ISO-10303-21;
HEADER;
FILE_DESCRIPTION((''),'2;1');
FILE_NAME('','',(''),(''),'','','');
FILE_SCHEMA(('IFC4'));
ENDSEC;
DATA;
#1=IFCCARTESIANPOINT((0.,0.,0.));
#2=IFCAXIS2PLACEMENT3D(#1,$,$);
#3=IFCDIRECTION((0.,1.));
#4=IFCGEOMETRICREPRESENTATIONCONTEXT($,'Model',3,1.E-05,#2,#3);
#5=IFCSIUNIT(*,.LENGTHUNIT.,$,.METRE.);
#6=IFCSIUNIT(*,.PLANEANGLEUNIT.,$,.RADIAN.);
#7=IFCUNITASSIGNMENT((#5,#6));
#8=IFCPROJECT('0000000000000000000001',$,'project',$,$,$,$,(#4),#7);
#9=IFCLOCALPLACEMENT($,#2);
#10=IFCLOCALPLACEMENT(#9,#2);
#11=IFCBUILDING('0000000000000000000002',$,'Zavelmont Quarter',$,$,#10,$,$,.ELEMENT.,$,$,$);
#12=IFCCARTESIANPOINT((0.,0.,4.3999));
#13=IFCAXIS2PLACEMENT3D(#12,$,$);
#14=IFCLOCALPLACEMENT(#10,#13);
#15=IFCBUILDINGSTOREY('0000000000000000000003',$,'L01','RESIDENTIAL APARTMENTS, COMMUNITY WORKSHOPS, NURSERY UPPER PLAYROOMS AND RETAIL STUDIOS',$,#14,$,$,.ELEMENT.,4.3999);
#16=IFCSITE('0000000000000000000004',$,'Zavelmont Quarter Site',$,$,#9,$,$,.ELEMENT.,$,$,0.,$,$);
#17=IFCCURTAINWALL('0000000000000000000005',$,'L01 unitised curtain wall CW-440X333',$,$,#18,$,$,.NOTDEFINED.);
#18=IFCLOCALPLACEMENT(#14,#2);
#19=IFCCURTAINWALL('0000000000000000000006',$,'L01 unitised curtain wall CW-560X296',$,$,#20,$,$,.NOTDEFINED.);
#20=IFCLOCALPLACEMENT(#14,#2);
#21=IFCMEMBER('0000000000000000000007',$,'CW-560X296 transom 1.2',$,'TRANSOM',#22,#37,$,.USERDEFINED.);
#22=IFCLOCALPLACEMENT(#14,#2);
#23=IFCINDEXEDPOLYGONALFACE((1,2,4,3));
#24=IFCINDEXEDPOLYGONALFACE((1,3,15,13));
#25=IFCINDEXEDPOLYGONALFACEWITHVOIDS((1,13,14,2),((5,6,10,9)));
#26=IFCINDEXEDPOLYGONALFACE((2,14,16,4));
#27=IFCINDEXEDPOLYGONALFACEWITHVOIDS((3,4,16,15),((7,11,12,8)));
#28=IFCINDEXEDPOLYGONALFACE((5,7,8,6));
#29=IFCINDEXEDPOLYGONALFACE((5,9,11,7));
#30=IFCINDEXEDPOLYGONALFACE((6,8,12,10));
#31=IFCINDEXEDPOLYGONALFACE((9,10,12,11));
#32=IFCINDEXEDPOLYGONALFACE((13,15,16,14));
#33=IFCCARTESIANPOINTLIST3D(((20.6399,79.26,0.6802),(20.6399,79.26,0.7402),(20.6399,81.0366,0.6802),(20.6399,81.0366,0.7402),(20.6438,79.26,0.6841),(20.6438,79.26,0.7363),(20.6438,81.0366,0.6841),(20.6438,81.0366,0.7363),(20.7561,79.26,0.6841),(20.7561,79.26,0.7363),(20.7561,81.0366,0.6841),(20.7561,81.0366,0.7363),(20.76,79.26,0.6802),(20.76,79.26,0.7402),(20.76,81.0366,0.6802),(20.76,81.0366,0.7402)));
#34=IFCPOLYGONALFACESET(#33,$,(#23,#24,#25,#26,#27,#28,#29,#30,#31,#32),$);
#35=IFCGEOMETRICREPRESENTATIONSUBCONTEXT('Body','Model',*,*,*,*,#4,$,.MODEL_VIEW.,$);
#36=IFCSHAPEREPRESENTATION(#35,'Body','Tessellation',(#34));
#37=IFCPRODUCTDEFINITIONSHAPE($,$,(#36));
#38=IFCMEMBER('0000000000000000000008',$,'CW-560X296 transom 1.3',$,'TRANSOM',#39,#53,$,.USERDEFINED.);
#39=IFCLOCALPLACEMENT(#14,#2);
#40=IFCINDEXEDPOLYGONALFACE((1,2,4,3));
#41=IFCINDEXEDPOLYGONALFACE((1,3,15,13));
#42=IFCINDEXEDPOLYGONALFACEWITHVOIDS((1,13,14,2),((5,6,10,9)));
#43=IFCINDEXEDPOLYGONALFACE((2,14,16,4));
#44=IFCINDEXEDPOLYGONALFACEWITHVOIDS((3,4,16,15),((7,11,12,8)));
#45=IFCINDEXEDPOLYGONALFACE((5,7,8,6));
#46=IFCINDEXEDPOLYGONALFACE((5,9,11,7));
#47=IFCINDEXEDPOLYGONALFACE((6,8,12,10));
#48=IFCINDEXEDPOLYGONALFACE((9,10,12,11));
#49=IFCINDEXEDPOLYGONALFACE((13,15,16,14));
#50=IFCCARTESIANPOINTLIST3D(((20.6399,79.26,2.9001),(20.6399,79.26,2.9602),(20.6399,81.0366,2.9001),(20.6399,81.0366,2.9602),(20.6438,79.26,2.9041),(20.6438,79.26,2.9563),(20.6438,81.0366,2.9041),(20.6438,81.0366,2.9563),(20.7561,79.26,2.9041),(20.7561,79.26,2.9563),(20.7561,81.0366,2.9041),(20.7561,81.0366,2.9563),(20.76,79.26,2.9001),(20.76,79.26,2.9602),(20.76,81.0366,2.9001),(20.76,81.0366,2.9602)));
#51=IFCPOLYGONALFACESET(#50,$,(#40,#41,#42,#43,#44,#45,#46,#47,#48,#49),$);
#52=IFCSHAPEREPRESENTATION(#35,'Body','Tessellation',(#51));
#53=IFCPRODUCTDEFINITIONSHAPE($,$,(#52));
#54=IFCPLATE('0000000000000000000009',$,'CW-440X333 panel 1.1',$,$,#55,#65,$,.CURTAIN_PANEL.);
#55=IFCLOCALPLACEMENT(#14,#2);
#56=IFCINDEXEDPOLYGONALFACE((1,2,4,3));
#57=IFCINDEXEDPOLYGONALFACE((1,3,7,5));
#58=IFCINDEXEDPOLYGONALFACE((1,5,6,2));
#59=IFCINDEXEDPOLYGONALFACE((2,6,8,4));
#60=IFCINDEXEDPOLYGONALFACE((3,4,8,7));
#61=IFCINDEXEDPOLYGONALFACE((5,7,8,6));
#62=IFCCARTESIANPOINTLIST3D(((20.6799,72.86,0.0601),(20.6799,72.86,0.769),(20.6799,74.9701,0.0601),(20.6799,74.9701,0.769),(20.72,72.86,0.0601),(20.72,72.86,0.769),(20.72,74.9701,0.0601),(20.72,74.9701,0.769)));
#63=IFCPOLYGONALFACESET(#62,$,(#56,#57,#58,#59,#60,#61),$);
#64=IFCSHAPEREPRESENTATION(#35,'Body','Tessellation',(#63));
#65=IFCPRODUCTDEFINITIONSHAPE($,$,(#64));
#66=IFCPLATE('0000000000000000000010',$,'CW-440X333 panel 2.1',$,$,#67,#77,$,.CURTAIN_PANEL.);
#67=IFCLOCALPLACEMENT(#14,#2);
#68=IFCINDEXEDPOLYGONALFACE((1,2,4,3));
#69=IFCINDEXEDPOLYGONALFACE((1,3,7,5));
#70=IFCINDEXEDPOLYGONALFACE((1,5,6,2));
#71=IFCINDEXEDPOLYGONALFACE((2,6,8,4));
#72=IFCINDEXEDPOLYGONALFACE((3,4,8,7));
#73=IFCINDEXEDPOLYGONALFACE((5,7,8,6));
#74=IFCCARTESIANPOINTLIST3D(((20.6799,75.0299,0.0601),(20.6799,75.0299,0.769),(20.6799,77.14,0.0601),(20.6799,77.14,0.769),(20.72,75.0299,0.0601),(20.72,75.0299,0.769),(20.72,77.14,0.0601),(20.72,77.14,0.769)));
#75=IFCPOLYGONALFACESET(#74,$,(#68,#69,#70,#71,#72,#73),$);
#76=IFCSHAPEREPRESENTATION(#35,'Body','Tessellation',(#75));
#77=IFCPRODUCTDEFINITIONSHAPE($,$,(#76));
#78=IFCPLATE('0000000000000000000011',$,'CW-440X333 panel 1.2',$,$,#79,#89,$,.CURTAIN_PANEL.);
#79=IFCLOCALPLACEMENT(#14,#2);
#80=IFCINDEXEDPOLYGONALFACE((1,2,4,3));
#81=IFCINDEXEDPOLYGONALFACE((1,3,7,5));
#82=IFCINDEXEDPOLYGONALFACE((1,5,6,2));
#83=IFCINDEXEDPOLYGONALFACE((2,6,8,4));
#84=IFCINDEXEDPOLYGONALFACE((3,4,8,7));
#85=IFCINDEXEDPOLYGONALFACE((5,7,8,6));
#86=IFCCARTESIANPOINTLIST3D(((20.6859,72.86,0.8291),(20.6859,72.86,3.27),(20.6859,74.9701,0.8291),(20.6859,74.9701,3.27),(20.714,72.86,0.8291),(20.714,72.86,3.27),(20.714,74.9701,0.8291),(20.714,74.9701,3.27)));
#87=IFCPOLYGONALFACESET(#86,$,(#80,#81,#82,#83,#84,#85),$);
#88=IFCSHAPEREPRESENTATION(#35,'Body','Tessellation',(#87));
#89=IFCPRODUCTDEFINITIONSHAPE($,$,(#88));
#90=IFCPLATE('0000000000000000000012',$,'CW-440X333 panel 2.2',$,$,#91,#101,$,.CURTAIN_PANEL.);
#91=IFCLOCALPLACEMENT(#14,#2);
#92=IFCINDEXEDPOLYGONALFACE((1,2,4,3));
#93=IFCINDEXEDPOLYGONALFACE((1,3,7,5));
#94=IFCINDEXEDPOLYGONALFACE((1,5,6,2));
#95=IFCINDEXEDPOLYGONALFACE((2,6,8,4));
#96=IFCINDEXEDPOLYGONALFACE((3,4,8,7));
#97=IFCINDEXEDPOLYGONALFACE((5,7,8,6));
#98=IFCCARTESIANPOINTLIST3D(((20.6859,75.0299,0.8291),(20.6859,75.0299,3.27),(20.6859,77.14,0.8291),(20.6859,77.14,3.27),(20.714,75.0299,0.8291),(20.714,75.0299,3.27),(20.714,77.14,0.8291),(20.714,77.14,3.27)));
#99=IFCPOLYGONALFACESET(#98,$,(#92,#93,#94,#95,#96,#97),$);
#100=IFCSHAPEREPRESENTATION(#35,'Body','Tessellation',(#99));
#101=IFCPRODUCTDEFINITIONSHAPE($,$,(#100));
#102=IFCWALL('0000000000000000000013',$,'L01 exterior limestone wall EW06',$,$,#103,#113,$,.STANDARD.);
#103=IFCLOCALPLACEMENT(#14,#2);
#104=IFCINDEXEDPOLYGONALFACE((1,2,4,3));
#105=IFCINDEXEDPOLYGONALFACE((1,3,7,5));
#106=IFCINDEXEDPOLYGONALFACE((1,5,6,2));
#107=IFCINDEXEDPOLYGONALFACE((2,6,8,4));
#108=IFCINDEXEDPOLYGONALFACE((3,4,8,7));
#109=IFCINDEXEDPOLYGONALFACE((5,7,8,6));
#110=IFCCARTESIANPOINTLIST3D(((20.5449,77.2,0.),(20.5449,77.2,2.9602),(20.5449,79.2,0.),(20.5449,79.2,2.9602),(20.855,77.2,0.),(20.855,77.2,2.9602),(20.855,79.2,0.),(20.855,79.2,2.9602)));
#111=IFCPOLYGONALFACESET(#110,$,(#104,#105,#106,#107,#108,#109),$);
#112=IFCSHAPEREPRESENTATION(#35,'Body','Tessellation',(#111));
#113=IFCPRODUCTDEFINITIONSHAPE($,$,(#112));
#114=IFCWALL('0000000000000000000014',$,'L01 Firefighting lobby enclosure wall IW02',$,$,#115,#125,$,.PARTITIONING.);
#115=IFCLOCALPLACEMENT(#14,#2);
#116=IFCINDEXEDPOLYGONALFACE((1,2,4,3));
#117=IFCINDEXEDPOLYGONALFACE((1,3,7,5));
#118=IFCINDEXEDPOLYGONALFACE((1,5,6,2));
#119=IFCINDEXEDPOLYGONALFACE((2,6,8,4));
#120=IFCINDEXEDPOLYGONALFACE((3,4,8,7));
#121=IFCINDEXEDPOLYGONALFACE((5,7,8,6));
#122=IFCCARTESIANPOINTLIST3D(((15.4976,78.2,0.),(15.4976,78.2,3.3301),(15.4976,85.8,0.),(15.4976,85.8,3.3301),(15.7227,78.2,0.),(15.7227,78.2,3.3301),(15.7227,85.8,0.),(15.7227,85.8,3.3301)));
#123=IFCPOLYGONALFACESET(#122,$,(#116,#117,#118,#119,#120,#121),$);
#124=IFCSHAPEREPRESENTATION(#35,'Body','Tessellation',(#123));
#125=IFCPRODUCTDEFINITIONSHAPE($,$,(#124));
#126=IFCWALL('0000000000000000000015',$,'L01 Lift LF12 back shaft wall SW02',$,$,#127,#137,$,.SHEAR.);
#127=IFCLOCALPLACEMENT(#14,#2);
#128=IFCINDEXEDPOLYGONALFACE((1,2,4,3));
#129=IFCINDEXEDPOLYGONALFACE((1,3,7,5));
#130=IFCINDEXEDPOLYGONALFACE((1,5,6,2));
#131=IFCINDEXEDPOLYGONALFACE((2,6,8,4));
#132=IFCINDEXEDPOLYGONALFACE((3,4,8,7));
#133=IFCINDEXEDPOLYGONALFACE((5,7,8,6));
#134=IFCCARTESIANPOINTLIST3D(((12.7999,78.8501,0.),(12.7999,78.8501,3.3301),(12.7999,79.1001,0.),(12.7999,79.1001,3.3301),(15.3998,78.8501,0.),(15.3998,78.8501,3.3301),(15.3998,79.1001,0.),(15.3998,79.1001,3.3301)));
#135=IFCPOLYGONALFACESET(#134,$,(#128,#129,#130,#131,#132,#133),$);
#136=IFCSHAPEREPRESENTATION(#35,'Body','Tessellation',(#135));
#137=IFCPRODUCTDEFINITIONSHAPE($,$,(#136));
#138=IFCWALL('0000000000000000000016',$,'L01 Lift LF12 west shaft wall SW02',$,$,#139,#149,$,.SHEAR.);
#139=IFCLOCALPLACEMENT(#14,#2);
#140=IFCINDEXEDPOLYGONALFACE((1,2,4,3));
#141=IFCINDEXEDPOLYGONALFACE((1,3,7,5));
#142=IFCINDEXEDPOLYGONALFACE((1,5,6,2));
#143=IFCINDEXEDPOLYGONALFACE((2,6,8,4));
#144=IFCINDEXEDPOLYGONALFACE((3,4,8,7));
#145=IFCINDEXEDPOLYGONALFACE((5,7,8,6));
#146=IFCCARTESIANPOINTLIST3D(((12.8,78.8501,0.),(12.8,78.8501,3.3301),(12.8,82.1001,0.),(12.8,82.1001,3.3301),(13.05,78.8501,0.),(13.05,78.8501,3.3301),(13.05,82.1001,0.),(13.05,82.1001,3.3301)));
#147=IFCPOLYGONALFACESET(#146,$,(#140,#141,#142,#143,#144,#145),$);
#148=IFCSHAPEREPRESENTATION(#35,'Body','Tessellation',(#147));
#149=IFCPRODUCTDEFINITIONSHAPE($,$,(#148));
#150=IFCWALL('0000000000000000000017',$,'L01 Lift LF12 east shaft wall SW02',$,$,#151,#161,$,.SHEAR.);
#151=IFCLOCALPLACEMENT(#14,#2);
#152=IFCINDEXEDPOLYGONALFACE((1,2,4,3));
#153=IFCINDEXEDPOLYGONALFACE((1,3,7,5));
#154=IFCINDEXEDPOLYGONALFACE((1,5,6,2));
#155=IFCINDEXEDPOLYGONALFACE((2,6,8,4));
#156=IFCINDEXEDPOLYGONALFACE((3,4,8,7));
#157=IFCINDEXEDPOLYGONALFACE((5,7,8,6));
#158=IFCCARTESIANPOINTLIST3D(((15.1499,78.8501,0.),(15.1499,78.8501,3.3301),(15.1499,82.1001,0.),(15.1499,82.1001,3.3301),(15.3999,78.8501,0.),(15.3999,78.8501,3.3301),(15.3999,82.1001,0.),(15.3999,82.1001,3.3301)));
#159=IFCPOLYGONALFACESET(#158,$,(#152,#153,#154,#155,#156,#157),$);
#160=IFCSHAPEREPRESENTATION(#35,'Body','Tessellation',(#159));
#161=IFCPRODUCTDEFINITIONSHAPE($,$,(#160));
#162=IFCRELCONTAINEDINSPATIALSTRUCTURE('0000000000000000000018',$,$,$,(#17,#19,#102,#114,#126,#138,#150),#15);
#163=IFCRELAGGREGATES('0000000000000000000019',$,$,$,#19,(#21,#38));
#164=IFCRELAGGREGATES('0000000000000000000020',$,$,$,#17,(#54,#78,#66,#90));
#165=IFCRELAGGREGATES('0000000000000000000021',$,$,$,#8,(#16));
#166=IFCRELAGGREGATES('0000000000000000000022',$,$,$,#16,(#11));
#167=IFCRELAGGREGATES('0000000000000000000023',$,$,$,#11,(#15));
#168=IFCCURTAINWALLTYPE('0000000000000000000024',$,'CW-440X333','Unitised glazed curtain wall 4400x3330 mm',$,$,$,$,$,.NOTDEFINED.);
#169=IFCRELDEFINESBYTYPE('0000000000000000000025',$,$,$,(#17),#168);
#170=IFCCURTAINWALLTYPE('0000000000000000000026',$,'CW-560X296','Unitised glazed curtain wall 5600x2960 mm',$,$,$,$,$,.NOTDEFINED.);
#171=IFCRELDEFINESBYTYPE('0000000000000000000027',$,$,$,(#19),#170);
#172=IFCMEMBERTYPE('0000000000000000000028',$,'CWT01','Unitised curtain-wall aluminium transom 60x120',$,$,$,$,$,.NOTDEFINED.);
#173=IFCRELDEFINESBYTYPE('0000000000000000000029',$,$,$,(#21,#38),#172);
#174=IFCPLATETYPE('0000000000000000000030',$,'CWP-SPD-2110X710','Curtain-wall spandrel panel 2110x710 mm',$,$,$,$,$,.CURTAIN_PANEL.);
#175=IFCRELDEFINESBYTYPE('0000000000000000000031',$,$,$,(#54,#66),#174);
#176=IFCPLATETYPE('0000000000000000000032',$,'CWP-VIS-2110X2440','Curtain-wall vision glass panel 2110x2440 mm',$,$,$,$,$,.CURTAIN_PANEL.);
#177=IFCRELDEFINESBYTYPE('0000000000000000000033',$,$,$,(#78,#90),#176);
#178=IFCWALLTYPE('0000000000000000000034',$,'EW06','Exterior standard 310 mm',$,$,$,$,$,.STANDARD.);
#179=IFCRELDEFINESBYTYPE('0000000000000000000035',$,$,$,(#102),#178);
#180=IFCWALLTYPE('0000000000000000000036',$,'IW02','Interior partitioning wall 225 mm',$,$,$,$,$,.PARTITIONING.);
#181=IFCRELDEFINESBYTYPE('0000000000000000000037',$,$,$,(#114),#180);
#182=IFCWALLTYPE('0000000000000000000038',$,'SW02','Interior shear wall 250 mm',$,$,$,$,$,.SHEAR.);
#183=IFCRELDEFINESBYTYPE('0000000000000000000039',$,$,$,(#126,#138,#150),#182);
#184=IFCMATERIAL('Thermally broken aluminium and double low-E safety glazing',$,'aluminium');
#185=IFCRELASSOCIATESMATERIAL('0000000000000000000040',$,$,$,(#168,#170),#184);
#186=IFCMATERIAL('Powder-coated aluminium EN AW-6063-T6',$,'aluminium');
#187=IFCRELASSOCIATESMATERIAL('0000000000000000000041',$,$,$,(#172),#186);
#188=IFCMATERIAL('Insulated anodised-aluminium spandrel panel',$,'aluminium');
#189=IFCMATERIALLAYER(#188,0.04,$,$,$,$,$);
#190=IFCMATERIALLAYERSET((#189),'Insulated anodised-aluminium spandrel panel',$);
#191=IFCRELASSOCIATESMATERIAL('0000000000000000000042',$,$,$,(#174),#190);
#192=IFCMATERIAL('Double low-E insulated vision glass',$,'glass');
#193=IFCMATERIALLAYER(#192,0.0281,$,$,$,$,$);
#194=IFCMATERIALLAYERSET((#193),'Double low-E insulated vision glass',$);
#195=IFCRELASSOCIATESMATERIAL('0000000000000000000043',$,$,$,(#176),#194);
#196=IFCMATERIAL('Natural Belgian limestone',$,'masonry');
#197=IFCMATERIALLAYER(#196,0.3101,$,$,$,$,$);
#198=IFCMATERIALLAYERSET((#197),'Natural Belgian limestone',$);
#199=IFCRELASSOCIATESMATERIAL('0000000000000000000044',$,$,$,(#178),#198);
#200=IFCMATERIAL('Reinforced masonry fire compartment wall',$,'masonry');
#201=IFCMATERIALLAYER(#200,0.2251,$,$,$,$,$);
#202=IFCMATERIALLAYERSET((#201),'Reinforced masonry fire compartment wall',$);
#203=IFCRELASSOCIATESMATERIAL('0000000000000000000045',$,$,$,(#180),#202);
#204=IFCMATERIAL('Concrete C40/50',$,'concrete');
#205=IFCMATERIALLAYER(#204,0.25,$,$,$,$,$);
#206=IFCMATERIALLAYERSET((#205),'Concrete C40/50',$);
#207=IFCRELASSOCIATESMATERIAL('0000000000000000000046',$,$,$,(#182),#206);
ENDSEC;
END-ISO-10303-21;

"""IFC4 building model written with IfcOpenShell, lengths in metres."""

from ifc_helpers import new_model, si_unit, direction, frame, frame_2d, origin, origin_2d, place, context, subcontext, project, spatial, rectangle, hollow_rectangle, extrude, material, layer, layer_set, material_profile, profile_set, type_object, element, aggregate, save


model = new_model("IFC4")

# Units and contexts
model_context = context("Model", 3, precision=1e-05, world=origin(), true_north=direction((0.0, 1.0)))
body_context = subcontext(model_context, "Body", "Model", "MODEL_VIEW")
ifc_project = project(units=[si_unit("LENGTHUNIT", "METRE"), si_unit("PLANEANGLEUNIT", "RADIAN")], contexts=[model_context])

# Site, building, storey
site_placement = place(None, origin())
site = spatial("IfcSite", under=ifc_project, at=site_placement, Name="Zavelmont Quarter Site", CompositionType="ELEMENT", RefElevation=0.0)
building_placement = place(site_placement, origin())
building = spatial("IfcBuilding", under=site, at=building_placement, Name="Zavelmont Quarter", CompositionType="ELEMENT")
storey_placement = place(building_placement, frame((0.0, 0.0, 4.3999)))
storey = spatial("IfcBuildingStorey", under=building, at=storey_placement, Name="L01", Description="RESIDENTIAL APARTMENTS, COMMUNITY WORKSHOPS, NURSERY UPPER PLAYROOMS AND RETAIL STUDIOS", CompositionType="ELEMENT", Elevation=4.3999)

# Shared definitions
ifc_material_1 = material(Name="Concrete C40/50", Category="concrete")

# Curtain wall
ifc_material_2 = material(Name="Thermally broken aluminium and double low-E safety glazing", Category="aluminium")
curtain_wall_type_1 = type_object("IfcCurtainWallType", Name="CW-440X333", Description="Unitised glazed curtain wall 4400x3330 mm", PredefinedType="NOTDEFINED", material=ifc_material_2)
curtain_wall_1_placement = place(storey_placement, origin())
curtain_wall_1 = element("IfcCurtainWall", 1, at=curtain_wall_1_placement, inside=storey, type_object=curtain_wall_type_1, Name="L01 unitised curtain wall CW-440X333", PredefinedType="NOTDEFINED")
ifc_material_3 = material(Name="Powder-coated aluminium EN AW-6063-T6", Category="aluminium")

# Curtain wall
curtain_wall_type_2 = type_object("IfcCurtainWallType", Name="CW-560X296", Description="Unitised glazed curtain wall 5600x2960 mm", PredefinedType="NOTDEFINED", material=ifc_material_2)
curtain_wall_2_placement = place(storey_placement, origin())
curtain_wall_2 = element("IfcCurtainWall", 2, at=curtain_wall_2_placement, inside=storey, type_object=curtain_wall_type_2, Name="L01 unitised curtain wall CW-560X296", PredefinedType="NOTDEFINED")

# Members
ifc_material_profile_1 = material_profile(ifc_material_3, hollow_rectangle(XDim=0.1201, YDim=0.0601, WallThickness=0.0039, at=origin_2d()), Name="CWT60X120")
ifc_profile_set_1 = profile_set([ifc_material_profile_1], Name="Powder-coated aluminium EN AW-6063-T6")
member_type_1 = type_object("IfcMemberType", Name="CWT01", Description="Unitised curtain-wall aluminium transom 60x120", PredefinedType="NOTDEFINED", material=ifc_profile_set_1)
member_1_placement = place(storey_placement, frame((20.7, 79.26, 0.7102), z_axis=(0.0, 1.0, 0.0), x_axis=(-1.0, 0.0, 0.0)))
member_1 = element("IfcMember", 3, at=member_1_placement, type_object=member_type_1, Name="CW-560X296 transom 1.2", ObjectType="TRANSOM", PredefinedType="USERDEFINED", context=body_context, shape_type="SweptSolid", body=[
    extrude(hollow_rectangle(XDim=0.1201, YDim=0.0601, WallThickness=0.0039, at=origin_2d()), origin(), (0.0, 0.0, 1.0), 1.7766),
])
member_2_placement = place(storey_placement, frame((20.7, 79.26, 2.9302), z_axis=(0.0, 1.0, 0.0), x_axis=(-1.0, 0.0, 0.0)))
member_2 = element("IfcMember", 4, at=member_2_placement, type_object=member_type_1, Name="CW-560X296 transom 1.3", ObjectType="TRANSOM", PredefinedType="USERDEFINED", context=body_context, shape_type="SweptSolid", body=[
    extrude(hollow_rectangle(XDim=0.1201, YDim=0.0601, WallThickness=0.0039, at=origin_2d()), origin(), (0.0, 0.0, 1.0), 1.7766),
])
aggregate(curtain_wall_2, [member_1, member_2])

# Plates
ifc_material_4 = material(Name="Insulated anodised-aluminium spandrel panel", Category="aluminium")
ifc_layer_1 = layer(ifc_material_4, 0.04)
ifc_layer_set_1 = layer_set([ifc_layer_1], Name="Insulated anodised-aluminium spandrel panel")
plate_type_1 = type_object("IfcPlateType", Name="CWP-SPD-2110X710", Description="Curtain-wall spandrel panel 2110x710 mm", PredefinedType="CURTAIN_PANEL", material=ifc_layer_set_1)
plate_1_placement = place(storey_placement, frame((20.7, 73.915, 0.0601), z_axis=(0.0, 0.0, 1.0), x_axis=(0.0, 1.0, 0.0)))
plate_1 = element("IfcPlate", 5, at=plate_1_placement, type_object=plate_type_1, Name="CW-440X333 panel 1.1", PredefinedType="CURTAIN_PANEL", context=body_context, shape_type="SweptSolid", body=[
    extrude(rectangle(XDim=2.1101, YDim=0.04, at=origin_2d()), origin(), (0.0, 0.0, 1.0), 0.709),
])
plate_2_placement = place(storey_placement, frame((20.7, 76.085, 0.0601), z_axis=(0.0, 0.0, 1.0), x_axis=(0.0, 1.0, 0.0)))
plate_2 = element("IfcPlate", 6, at=plate_2_placement, type_object=plate_type_1, Name="CW-440X333 panel 2.1", PredefinedType="CURTAIN_PANEL", context=body_context, shape_type="SweptSolid", body=[
    extrude(rectangle(XDim=2.1101, YDim=0.04, at=origin_2d()), origin(), (0.0, 0.0, 1.0), 0.709),
])
ifc_material_5 = material(Name="Double low-E insulated vision glass", Category="glass")
ifc_layer_2 = layer(ifc_material_5, 0.0281)
ifc_layer_set_2 = layer_set([ifc_layer_2], Name="Double low-E insulated vision glass")
plate_type_2 = type_object("IfcPlateType", Name="CWP-VIS-2110X2440", Description="Curtain-wall vision glass panel 2110x2440 mm", PredefinedType="CURTAIN_PANEL", material=ifc_layer_set_2)
plate_3_placement = place(storey_placement, frame((20.7, 73.915, 0.8291), z_axis=(0.0, 0.0, 1.0), x_axis=(0.0, 1.0, 0.0)))
plate_3 = element("IfcPlate", 7, at=plate_3_placement, type_object=plate_type_2, Name="CW-440X333 panel 1.2", PredefinedType="CURTAIN_PANEL", context=body_context, shape_type="SweptSolid", body=[
    extrude(rectangle(XDim=2.1101, YDim=0.0281, at=origin_2d()), origin(), (0.0, 0.0, 1.0), 2.4409),
])
plate_4_placement = place(storey_placement, frame((20.7, 76.085, 0.8291), z_axis=(0.0, 0.0, 1.0), x_axis=(0.0, 1.0, 0.0)))
plate_4 = element("IfcPlate", 8, at=plate_4_placement, type_object=plate_type_2, Name="CW-440X333 panel 2.2", PredefinedType="CURTAIN_PANEL", context=body_context, shape_type="SweptSolid", body=[
    extrude(rectangle(XDim=2.1101, YDim=0.0281, at=origin_2d()), origin(), (0.0, 0.0, 1.0), 2.4409),
])
aggregate(curtain_wall_1, [plate_1, plate_3, plate_2, plate_4])

# Wall
ifc_material_6 = material(Name="Natural Belgian limestone", Category="masonry")
ifc_layer_3 = layer(ifc_material_6, 0.3101)
ifc_layer_set_3 = layer_set([ifc_layer_3], Name="Natural Belgian limestone")
wall_type_1 = type_object("IfcWallType", Name="EW06", Description="Exterior standard 310 mm", PredefinedType="STANDARD", material=ifc_layer_set_3)
wall_1_placement = place(storey_placement, frame((20.7, 77.2, 0.0), z_axis=(0.0, 0.0, 1.0), x_axis=(0.0, 1.0, 0.0)))
element("IfcWall", 9, at=wall_1_placement, inside=storey, type_object=wall_type_1, Name="L01 exterior limestone wall EW06", PredefinedType="STANDARD", context=body_context, shape_type="SweptSolid", body=[
    extrude(rectangle(XDim=2.0, YDim=0.3101, at=frame_2d((1.0, 0.0))), origin(), (0.0, 0.0, 1.0), 2.9602),
])

# Wall
ifc_material_7 = material(Name="Reinforced masonry fire compartment wall", Category="masonry")
ifc_layer_4 = layer(ifc_material_7, 0.2251)
ifc_layer_set_4 = layer_set([ifc_layer_4], Name="Reinforced masonry fire compartment wall")
wall_type_2 = type_object("IfcWallType", Name="IW02", Description="Interior partitioning wall 225 mm", PredefinedType="PARTITIONING", material=ifc_layer_set_4)
wall_2_placement = place(storey_placement, frame((15.6101, 78.2, 0.0), z_axis=(0.0, 0.0, 1.0), x_axis=(0.0, 1.0, 0.0)))
element("IfcWall", 10, at=wall_2_placement, inside=storey, type_object=wall_type_2, Name="L01 Firefighting lobby enclosure wall IW02", PredefinedType="PARTITIONING", context=body_context, shape_type="SweptSolid", body=[
    extrude(rectangle(XDim=7.6001, YDim=0.2251, at=frame_2d((3.8, 0.0))), origin(), (0.0, 0.0, 1.0), 3.3301),
])

# Walls
ifc_layer_5 = layer(ifc_material_1, 0.25)
ifc_layer_set_5 = layer_set([ifc_layer_5], Name="Concrete C40/50")
wall_type_3 = type_object("IfcWallType", Name="SW02", Description="Interior shear wall 250 mm", PredefinedType="SHEAR", material=ifc_layer_set_5)
wall_3_placement = place(storey_placement, frame((12.8, 78.9751, 0.0), z_axis=(0.0, 0.0, 1.0), x_axis=(1.0, 0.0, 0.0)))
element("IfcWall", 11, at=wall_3_placement, inside=storey, type_object=wall_type_3, Name="L01 Lift LF12 back shaft wall SW02", PredefinedType="SHEAR", context=body_context, shape_type="SweptSolid", body=[
    extrude(rectangle(XDim=2.5999, YDim=0.25, at=frame_2d((1.2998, 0.0))), origin(), (0.0, 0.0, 1.0), 3.3301),
])
for number, where, z_axis, x_axis, name in (
    (12, (12.925, 78.8501, 0.0), (0.0, 0.0, 1.0), (0.0, 1.0, 0.0), "L01 Lift LF12 west shaft wall SW02"),
    (13, (15.2749, 78.8501, 0.0), (0.0, 0.0, 1.0), (0.0, 1.0, 0.0), "L01 Lift LF12 east shaft wall SW02"),
):
    element("IfcWall", number, at=place(storey_placement, frame(where, z_axis=z_axis, x_axis=x_axis)), inside=storey, type_object=wall_type_3, Name=name, PredefinedType="SHEAR", context=body_context, shape_type="SweptSolid", body=[
        extrude(rectangle(XDim=3.25, YDim=0.25, at=frame_2d((1.625, 0.0))), origin(), (0.0, 0.0, 1.0), 3.3301),
    ])

save(model, "model.ifc")
